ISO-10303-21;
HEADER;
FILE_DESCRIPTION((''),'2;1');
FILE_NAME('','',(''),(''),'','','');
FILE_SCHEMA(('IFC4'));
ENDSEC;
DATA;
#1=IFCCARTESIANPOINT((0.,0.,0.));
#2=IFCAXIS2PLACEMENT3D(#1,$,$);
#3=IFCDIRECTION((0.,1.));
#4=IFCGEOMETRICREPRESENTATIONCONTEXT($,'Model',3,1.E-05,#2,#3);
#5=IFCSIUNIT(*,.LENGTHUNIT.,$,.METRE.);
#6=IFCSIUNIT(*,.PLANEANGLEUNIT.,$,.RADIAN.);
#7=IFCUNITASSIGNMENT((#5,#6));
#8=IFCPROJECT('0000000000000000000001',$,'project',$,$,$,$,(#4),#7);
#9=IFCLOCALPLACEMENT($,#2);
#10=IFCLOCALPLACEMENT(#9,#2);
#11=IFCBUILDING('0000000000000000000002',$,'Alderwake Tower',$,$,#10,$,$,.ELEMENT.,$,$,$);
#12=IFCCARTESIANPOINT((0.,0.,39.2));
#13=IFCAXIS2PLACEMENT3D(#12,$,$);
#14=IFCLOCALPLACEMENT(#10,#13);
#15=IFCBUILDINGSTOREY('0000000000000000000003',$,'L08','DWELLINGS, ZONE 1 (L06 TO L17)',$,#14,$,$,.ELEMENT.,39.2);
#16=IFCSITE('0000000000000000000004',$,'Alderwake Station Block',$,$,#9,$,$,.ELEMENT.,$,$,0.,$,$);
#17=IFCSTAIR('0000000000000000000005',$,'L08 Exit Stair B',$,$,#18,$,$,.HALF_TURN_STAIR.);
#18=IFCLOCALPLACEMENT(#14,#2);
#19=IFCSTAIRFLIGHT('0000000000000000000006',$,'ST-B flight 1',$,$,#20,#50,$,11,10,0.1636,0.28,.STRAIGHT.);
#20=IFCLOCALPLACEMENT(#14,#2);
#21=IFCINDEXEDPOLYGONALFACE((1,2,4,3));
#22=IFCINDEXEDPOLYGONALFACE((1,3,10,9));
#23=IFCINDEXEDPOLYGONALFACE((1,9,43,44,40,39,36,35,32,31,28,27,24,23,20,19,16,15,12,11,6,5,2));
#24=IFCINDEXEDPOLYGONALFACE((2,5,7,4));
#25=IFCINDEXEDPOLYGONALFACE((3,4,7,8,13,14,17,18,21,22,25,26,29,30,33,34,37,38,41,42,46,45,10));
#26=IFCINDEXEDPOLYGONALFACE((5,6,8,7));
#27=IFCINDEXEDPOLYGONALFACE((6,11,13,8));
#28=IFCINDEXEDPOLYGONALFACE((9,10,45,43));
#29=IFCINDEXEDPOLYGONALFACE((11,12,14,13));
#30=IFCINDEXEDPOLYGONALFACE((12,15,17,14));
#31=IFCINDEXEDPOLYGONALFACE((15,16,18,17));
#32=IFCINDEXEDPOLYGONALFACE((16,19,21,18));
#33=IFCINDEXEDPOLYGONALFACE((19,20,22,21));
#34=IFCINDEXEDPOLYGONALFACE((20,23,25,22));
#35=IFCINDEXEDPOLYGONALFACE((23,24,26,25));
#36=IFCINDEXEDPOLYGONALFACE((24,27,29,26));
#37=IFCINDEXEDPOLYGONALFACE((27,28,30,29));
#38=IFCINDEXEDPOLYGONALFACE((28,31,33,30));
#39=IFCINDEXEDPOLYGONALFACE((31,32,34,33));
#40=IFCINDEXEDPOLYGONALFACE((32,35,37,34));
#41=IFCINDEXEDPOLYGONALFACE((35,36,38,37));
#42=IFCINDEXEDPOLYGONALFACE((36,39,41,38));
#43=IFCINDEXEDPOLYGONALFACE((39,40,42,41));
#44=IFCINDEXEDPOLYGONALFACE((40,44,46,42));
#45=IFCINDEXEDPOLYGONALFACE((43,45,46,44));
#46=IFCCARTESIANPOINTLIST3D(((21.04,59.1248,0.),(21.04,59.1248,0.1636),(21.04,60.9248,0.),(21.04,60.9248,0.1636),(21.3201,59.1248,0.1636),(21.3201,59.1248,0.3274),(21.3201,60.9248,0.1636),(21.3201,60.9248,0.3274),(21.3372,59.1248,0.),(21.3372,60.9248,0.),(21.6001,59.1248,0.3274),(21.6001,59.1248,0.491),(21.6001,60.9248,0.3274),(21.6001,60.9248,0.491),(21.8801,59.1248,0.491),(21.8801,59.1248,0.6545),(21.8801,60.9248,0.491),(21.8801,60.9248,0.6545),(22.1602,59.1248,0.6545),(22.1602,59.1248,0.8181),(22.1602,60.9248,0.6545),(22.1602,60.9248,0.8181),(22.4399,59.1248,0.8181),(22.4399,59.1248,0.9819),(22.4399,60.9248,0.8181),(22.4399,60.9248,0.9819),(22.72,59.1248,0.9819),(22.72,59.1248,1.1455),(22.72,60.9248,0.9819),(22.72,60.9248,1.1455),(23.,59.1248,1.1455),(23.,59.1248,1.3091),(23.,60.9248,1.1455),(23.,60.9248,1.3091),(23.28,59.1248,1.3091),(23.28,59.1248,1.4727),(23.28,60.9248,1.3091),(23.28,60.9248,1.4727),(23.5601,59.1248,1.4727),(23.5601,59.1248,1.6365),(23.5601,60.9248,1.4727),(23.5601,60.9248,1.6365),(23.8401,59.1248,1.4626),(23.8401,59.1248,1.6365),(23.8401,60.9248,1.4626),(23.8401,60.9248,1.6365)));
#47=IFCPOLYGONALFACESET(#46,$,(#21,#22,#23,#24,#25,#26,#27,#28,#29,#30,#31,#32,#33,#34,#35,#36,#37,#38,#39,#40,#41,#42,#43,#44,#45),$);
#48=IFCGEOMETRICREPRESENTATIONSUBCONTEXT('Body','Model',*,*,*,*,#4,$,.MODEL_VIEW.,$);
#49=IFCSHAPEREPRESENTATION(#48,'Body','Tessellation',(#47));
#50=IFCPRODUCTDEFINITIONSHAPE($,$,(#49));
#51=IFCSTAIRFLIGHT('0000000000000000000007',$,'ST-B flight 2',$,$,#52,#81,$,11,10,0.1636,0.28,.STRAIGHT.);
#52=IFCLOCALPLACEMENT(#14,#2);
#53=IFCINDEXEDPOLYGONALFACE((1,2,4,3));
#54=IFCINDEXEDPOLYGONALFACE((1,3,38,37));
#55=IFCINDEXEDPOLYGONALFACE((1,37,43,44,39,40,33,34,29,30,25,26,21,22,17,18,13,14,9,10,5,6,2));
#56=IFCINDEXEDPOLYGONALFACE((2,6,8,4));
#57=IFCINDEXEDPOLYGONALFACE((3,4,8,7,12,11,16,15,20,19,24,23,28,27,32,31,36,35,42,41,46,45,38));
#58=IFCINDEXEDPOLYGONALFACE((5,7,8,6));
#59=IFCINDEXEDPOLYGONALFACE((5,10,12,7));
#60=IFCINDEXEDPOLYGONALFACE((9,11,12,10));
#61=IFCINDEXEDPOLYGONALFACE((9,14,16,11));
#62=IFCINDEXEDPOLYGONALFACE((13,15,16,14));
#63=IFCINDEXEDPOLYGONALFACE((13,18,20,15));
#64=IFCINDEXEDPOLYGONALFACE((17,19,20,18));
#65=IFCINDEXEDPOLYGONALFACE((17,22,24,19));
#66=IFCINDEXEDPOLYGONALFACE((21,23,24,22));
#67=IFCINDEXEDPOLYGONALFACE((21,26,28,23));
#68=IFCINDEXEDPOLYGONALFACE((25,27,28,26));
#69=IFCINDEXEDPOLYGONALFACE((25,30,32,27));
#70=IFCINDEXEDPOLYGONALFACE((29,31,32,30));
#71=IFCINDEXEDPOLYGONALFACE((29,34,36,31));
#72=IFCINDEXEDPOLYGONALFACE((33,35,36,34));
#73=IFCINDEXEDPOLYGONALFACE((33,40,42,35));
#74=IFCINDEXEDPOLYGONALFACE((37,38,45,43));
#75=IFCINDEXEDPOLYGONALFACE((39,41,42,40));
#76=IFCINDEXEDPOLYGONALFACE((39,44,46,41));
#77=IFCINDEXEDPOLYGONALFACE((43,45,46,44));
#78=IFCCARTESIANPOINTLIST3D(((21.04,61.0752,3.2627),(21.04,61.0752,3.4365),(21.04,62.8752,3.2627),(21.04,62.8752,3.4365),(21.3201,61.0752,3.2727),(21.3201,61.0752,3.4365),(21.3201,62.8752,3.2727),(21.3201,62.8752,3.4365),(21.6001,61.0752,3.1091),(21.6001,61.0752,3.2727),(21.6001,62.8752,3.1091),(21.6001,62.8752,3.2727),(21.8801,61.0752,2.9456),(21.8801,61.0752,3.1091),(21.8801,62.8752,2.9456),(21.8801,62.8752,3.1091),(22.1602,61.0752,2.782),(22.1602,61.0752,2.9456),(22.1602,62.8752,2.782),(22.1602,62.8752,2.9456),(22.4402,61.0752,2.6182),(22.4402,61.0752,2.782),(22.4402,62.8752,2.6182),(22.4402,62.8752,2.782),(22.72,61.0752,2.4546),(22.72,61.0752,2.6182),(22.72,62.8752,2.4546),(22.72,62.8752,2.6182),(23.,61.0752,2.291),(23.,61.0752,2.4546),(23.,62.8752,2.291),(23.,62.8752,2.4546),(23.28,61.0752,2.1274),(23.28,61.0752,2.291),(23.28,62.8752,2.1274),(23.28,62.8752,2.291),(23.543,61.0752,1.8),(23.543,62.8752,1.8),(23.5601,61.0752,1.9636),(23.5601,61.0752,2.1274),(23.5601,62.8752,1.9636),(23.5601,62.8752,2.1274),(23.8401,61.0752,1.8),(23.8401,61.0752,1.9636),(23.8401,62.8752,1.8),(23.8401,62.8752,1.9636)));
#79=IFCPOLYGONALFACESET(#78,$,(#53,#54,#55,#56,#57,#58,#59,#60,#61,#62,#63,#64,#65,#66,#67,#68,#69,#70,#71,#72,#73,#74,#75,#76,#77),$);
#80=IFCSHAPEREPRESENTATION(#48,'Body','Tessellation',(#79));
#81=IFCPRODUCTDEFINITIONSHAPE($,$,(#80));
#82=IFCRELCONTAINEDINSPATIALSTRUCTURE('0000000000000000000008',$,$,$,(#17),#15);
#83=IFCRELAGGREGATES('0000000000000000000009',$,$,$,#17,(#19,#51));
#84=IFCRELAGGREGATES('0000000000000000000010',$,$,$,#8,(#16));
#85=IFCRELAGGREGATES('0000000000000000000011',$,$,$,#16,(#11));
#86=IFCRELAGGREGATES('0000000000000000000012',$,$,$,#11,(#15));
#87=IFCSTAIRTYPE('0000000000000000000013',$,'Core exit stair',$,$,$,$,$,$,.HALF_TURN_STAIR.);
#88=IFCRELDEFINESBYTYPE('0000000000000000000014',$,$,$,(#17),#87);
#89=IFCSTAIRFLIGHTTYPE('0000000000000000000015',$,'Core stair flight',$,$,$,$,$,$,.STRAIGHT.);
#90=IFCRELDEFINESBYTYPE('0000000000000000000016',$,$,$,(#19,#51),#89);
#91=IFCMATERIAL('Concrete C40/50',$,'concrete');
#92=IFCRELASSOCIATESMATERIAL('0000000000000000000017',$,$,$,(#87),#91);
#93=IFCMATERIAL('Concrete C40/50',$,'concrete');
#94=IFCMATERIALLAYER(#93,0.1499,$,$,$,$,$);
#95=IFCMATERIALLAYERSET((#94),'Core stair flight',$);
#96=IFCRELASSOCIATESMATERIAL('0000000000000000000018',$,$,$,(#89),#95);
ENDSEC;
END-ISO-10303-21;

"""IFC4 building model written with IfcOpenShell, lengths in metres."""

from ifc_helpers import new_model, si_unit, direction, frame, origin, place, context, subcontext, project, spatial, polyline, outline, extrude, material, layer, layer_set, type_object, element, aggregate, save


model = new_model("IFC4")

# Units and contexts
model_context = context("Model", 3, precision=1e-05, world=origin(), true_north=direction((0.0, 1.0)))
body_context = subcontext(model_context, "Body", "Model", "MODEL_VIEW")
ifc_project = project(units=[si_unit("LENGTHUNIT", "METRE"), si_unit("PLANEANGLEUNIT", "RADIAN")], contexts=[model_context])

# Site, building, storey
site_placement = place(None, origin())
site = spatial("IfcSite", under=ifc_project, at=site_placement, Name="Alderwake Station Block", CompositionType="ELEMENT", RefElevation=0.0)
building_placement = place(site_placement, origin())
building = spatial("IfcBuilding", under=site, at=building_placement, Name="Alderwake Tower", CompositionType="ELEMENT")
storey_placement = place(building_placement, frame((0.0, 0.0, 39.2)))
storey = spatial("IfcBuildingStorey", under=building, at=storey_placement, Name="L08", Description="DWELLINGS, ZONE 1 (L06 TO L17)", CompositionType="ELEMENT", Elevation=39.2)

# Stair, stair flights
ifc_material_1 = material(Name="Concrete C40/50", Category="concrete")
stair_type = type_object("IfcStairType", Name="Core exit stair", PredefinedType="HALF_TURN_STAIR", material=ifc_material_1)
stair_placement = place(storey_placement, origin())
stair = element("IfcStair", 1, at=stair_placement, inside=storey, type_object=stair_type, Name="L08 Exit Stair B", PredefinedType="HALF_TURN_STAIR")
ifc_material_2 = material(Name="Concrete C40/50", Category="concrete")
ifc_layer_1 = layer(ifc_material_2, 0.1499)
ifc_layer_set_1 = layer_set([ifc_layer_1], Name="Core stair flight")
stair_flight_type = type_object("IfcStairFlightType", Name="Core stair flight", PredefinedType="STRAIGHT", material=ifc_layer_set_1)
stair_flight_1_placement = place(storey_placement, frame((21.04, 60.0249, 0.0), z_axis=(0.0, 0.0, 1.0), x_axis=(1.0, 0.0, 0.0)))
stair_flight_1 = element("IfcStairFlight", 2, at=stair_flight_1_placement, type_object=stair_flight_type, Name="ST-B flight 1", NumberOfRisers=11, NumberOfTreads=10, PredefinedType="STRAIGHT", RiserHeight=0.1636, TreadLength=0.28, context=body_context, shape_type="SweptSolid", body=[
    extrude(outline(polyline([(0.0, 0.0), (0.0, 0.1636), (0.28, 0.1636), (0.28, 0.3274), (0.5601, 0.3274), (0.5601, 0.491), (0.8401, 0.491), (0.8401, 0.6545), (1.1201, 0.6545), (1.1201, 0.8181), (1.3999, 0.8181), (1.3999, 0.9819), (1.6799, 0.9819), (1.6799, 1.1455), (1.96, 1.1455), (1.96, 1.3091), (2.24, 1.3091), (2.24, 1.4727), (2.52, 1.4727), (2.52, 1.6365), (2.8, 1.6365), (2.8, 1.8), (2.8, 1.4626), (0.2971, 0.0), (0.0, 0.0)])), frame((0.0, 0.8999, 0.0), z_axis=(0.0, -1.0, 0.0), x_axis=(1.0, 0.0, 0.0)), (0.0, 0.0, 1.0), 1.8),
])
stair_flight_2_placement = place(storey_placement, frame((23.8401, 61.9751, 1.8), z_axis=(0.0, 0.0, 1.0), x_axis=(-1.0, 0.0, 0.0)))
stair_flight_2 = element("IfcStairFlight", 3, at=stair_flight_2_placement, type_object=stair_flight_type, Name="ST-B flight 2", NumberOfRisers=11, NumberOfTreads=10, PredefinedType="STRAIGHT", RiserHeight=0.1636, TreadLength=0.28, context=body_context, shape_type="SweptSolid", body=[
    extrude(outline(polyline([(0.0, 0.0), (0.0, 0.1636), (0.28, 0.1636), (0.28, 0.3274), (0.5601, 0.3274), (0.5601, 0.491), (0.8401, 0.491), (0.8401, 0.6545), (1.1201, 0.6545), (1.1201, 0.8181), (1.3999, 0.8181), (1.3999, 0.9819), (1.6799, 0.9819), (1.6799, 1.1455), (1.96, 1.1455), (1.96, 1.3091), (2.24, 1.3091), (2.24, 1.4727), (2.52, 1.4727), (2.52, 1.6365), (2.8, 1.6365), (2.8, 1.8), (2.8, 1.4626), (0.2971, 0.0), (0.0, 0.0)])), frame((0.0, 0.8999, 0.0), z_axis=(0.0, -1.0, 0.0), x_axis=(1.0, 0.0, 0.0)), (0.0, 0.0, 1.0), 1.8),
])
aggregate(stair, [stair_flight_1, stair_flight_2])

save(model, "model.ifc")
